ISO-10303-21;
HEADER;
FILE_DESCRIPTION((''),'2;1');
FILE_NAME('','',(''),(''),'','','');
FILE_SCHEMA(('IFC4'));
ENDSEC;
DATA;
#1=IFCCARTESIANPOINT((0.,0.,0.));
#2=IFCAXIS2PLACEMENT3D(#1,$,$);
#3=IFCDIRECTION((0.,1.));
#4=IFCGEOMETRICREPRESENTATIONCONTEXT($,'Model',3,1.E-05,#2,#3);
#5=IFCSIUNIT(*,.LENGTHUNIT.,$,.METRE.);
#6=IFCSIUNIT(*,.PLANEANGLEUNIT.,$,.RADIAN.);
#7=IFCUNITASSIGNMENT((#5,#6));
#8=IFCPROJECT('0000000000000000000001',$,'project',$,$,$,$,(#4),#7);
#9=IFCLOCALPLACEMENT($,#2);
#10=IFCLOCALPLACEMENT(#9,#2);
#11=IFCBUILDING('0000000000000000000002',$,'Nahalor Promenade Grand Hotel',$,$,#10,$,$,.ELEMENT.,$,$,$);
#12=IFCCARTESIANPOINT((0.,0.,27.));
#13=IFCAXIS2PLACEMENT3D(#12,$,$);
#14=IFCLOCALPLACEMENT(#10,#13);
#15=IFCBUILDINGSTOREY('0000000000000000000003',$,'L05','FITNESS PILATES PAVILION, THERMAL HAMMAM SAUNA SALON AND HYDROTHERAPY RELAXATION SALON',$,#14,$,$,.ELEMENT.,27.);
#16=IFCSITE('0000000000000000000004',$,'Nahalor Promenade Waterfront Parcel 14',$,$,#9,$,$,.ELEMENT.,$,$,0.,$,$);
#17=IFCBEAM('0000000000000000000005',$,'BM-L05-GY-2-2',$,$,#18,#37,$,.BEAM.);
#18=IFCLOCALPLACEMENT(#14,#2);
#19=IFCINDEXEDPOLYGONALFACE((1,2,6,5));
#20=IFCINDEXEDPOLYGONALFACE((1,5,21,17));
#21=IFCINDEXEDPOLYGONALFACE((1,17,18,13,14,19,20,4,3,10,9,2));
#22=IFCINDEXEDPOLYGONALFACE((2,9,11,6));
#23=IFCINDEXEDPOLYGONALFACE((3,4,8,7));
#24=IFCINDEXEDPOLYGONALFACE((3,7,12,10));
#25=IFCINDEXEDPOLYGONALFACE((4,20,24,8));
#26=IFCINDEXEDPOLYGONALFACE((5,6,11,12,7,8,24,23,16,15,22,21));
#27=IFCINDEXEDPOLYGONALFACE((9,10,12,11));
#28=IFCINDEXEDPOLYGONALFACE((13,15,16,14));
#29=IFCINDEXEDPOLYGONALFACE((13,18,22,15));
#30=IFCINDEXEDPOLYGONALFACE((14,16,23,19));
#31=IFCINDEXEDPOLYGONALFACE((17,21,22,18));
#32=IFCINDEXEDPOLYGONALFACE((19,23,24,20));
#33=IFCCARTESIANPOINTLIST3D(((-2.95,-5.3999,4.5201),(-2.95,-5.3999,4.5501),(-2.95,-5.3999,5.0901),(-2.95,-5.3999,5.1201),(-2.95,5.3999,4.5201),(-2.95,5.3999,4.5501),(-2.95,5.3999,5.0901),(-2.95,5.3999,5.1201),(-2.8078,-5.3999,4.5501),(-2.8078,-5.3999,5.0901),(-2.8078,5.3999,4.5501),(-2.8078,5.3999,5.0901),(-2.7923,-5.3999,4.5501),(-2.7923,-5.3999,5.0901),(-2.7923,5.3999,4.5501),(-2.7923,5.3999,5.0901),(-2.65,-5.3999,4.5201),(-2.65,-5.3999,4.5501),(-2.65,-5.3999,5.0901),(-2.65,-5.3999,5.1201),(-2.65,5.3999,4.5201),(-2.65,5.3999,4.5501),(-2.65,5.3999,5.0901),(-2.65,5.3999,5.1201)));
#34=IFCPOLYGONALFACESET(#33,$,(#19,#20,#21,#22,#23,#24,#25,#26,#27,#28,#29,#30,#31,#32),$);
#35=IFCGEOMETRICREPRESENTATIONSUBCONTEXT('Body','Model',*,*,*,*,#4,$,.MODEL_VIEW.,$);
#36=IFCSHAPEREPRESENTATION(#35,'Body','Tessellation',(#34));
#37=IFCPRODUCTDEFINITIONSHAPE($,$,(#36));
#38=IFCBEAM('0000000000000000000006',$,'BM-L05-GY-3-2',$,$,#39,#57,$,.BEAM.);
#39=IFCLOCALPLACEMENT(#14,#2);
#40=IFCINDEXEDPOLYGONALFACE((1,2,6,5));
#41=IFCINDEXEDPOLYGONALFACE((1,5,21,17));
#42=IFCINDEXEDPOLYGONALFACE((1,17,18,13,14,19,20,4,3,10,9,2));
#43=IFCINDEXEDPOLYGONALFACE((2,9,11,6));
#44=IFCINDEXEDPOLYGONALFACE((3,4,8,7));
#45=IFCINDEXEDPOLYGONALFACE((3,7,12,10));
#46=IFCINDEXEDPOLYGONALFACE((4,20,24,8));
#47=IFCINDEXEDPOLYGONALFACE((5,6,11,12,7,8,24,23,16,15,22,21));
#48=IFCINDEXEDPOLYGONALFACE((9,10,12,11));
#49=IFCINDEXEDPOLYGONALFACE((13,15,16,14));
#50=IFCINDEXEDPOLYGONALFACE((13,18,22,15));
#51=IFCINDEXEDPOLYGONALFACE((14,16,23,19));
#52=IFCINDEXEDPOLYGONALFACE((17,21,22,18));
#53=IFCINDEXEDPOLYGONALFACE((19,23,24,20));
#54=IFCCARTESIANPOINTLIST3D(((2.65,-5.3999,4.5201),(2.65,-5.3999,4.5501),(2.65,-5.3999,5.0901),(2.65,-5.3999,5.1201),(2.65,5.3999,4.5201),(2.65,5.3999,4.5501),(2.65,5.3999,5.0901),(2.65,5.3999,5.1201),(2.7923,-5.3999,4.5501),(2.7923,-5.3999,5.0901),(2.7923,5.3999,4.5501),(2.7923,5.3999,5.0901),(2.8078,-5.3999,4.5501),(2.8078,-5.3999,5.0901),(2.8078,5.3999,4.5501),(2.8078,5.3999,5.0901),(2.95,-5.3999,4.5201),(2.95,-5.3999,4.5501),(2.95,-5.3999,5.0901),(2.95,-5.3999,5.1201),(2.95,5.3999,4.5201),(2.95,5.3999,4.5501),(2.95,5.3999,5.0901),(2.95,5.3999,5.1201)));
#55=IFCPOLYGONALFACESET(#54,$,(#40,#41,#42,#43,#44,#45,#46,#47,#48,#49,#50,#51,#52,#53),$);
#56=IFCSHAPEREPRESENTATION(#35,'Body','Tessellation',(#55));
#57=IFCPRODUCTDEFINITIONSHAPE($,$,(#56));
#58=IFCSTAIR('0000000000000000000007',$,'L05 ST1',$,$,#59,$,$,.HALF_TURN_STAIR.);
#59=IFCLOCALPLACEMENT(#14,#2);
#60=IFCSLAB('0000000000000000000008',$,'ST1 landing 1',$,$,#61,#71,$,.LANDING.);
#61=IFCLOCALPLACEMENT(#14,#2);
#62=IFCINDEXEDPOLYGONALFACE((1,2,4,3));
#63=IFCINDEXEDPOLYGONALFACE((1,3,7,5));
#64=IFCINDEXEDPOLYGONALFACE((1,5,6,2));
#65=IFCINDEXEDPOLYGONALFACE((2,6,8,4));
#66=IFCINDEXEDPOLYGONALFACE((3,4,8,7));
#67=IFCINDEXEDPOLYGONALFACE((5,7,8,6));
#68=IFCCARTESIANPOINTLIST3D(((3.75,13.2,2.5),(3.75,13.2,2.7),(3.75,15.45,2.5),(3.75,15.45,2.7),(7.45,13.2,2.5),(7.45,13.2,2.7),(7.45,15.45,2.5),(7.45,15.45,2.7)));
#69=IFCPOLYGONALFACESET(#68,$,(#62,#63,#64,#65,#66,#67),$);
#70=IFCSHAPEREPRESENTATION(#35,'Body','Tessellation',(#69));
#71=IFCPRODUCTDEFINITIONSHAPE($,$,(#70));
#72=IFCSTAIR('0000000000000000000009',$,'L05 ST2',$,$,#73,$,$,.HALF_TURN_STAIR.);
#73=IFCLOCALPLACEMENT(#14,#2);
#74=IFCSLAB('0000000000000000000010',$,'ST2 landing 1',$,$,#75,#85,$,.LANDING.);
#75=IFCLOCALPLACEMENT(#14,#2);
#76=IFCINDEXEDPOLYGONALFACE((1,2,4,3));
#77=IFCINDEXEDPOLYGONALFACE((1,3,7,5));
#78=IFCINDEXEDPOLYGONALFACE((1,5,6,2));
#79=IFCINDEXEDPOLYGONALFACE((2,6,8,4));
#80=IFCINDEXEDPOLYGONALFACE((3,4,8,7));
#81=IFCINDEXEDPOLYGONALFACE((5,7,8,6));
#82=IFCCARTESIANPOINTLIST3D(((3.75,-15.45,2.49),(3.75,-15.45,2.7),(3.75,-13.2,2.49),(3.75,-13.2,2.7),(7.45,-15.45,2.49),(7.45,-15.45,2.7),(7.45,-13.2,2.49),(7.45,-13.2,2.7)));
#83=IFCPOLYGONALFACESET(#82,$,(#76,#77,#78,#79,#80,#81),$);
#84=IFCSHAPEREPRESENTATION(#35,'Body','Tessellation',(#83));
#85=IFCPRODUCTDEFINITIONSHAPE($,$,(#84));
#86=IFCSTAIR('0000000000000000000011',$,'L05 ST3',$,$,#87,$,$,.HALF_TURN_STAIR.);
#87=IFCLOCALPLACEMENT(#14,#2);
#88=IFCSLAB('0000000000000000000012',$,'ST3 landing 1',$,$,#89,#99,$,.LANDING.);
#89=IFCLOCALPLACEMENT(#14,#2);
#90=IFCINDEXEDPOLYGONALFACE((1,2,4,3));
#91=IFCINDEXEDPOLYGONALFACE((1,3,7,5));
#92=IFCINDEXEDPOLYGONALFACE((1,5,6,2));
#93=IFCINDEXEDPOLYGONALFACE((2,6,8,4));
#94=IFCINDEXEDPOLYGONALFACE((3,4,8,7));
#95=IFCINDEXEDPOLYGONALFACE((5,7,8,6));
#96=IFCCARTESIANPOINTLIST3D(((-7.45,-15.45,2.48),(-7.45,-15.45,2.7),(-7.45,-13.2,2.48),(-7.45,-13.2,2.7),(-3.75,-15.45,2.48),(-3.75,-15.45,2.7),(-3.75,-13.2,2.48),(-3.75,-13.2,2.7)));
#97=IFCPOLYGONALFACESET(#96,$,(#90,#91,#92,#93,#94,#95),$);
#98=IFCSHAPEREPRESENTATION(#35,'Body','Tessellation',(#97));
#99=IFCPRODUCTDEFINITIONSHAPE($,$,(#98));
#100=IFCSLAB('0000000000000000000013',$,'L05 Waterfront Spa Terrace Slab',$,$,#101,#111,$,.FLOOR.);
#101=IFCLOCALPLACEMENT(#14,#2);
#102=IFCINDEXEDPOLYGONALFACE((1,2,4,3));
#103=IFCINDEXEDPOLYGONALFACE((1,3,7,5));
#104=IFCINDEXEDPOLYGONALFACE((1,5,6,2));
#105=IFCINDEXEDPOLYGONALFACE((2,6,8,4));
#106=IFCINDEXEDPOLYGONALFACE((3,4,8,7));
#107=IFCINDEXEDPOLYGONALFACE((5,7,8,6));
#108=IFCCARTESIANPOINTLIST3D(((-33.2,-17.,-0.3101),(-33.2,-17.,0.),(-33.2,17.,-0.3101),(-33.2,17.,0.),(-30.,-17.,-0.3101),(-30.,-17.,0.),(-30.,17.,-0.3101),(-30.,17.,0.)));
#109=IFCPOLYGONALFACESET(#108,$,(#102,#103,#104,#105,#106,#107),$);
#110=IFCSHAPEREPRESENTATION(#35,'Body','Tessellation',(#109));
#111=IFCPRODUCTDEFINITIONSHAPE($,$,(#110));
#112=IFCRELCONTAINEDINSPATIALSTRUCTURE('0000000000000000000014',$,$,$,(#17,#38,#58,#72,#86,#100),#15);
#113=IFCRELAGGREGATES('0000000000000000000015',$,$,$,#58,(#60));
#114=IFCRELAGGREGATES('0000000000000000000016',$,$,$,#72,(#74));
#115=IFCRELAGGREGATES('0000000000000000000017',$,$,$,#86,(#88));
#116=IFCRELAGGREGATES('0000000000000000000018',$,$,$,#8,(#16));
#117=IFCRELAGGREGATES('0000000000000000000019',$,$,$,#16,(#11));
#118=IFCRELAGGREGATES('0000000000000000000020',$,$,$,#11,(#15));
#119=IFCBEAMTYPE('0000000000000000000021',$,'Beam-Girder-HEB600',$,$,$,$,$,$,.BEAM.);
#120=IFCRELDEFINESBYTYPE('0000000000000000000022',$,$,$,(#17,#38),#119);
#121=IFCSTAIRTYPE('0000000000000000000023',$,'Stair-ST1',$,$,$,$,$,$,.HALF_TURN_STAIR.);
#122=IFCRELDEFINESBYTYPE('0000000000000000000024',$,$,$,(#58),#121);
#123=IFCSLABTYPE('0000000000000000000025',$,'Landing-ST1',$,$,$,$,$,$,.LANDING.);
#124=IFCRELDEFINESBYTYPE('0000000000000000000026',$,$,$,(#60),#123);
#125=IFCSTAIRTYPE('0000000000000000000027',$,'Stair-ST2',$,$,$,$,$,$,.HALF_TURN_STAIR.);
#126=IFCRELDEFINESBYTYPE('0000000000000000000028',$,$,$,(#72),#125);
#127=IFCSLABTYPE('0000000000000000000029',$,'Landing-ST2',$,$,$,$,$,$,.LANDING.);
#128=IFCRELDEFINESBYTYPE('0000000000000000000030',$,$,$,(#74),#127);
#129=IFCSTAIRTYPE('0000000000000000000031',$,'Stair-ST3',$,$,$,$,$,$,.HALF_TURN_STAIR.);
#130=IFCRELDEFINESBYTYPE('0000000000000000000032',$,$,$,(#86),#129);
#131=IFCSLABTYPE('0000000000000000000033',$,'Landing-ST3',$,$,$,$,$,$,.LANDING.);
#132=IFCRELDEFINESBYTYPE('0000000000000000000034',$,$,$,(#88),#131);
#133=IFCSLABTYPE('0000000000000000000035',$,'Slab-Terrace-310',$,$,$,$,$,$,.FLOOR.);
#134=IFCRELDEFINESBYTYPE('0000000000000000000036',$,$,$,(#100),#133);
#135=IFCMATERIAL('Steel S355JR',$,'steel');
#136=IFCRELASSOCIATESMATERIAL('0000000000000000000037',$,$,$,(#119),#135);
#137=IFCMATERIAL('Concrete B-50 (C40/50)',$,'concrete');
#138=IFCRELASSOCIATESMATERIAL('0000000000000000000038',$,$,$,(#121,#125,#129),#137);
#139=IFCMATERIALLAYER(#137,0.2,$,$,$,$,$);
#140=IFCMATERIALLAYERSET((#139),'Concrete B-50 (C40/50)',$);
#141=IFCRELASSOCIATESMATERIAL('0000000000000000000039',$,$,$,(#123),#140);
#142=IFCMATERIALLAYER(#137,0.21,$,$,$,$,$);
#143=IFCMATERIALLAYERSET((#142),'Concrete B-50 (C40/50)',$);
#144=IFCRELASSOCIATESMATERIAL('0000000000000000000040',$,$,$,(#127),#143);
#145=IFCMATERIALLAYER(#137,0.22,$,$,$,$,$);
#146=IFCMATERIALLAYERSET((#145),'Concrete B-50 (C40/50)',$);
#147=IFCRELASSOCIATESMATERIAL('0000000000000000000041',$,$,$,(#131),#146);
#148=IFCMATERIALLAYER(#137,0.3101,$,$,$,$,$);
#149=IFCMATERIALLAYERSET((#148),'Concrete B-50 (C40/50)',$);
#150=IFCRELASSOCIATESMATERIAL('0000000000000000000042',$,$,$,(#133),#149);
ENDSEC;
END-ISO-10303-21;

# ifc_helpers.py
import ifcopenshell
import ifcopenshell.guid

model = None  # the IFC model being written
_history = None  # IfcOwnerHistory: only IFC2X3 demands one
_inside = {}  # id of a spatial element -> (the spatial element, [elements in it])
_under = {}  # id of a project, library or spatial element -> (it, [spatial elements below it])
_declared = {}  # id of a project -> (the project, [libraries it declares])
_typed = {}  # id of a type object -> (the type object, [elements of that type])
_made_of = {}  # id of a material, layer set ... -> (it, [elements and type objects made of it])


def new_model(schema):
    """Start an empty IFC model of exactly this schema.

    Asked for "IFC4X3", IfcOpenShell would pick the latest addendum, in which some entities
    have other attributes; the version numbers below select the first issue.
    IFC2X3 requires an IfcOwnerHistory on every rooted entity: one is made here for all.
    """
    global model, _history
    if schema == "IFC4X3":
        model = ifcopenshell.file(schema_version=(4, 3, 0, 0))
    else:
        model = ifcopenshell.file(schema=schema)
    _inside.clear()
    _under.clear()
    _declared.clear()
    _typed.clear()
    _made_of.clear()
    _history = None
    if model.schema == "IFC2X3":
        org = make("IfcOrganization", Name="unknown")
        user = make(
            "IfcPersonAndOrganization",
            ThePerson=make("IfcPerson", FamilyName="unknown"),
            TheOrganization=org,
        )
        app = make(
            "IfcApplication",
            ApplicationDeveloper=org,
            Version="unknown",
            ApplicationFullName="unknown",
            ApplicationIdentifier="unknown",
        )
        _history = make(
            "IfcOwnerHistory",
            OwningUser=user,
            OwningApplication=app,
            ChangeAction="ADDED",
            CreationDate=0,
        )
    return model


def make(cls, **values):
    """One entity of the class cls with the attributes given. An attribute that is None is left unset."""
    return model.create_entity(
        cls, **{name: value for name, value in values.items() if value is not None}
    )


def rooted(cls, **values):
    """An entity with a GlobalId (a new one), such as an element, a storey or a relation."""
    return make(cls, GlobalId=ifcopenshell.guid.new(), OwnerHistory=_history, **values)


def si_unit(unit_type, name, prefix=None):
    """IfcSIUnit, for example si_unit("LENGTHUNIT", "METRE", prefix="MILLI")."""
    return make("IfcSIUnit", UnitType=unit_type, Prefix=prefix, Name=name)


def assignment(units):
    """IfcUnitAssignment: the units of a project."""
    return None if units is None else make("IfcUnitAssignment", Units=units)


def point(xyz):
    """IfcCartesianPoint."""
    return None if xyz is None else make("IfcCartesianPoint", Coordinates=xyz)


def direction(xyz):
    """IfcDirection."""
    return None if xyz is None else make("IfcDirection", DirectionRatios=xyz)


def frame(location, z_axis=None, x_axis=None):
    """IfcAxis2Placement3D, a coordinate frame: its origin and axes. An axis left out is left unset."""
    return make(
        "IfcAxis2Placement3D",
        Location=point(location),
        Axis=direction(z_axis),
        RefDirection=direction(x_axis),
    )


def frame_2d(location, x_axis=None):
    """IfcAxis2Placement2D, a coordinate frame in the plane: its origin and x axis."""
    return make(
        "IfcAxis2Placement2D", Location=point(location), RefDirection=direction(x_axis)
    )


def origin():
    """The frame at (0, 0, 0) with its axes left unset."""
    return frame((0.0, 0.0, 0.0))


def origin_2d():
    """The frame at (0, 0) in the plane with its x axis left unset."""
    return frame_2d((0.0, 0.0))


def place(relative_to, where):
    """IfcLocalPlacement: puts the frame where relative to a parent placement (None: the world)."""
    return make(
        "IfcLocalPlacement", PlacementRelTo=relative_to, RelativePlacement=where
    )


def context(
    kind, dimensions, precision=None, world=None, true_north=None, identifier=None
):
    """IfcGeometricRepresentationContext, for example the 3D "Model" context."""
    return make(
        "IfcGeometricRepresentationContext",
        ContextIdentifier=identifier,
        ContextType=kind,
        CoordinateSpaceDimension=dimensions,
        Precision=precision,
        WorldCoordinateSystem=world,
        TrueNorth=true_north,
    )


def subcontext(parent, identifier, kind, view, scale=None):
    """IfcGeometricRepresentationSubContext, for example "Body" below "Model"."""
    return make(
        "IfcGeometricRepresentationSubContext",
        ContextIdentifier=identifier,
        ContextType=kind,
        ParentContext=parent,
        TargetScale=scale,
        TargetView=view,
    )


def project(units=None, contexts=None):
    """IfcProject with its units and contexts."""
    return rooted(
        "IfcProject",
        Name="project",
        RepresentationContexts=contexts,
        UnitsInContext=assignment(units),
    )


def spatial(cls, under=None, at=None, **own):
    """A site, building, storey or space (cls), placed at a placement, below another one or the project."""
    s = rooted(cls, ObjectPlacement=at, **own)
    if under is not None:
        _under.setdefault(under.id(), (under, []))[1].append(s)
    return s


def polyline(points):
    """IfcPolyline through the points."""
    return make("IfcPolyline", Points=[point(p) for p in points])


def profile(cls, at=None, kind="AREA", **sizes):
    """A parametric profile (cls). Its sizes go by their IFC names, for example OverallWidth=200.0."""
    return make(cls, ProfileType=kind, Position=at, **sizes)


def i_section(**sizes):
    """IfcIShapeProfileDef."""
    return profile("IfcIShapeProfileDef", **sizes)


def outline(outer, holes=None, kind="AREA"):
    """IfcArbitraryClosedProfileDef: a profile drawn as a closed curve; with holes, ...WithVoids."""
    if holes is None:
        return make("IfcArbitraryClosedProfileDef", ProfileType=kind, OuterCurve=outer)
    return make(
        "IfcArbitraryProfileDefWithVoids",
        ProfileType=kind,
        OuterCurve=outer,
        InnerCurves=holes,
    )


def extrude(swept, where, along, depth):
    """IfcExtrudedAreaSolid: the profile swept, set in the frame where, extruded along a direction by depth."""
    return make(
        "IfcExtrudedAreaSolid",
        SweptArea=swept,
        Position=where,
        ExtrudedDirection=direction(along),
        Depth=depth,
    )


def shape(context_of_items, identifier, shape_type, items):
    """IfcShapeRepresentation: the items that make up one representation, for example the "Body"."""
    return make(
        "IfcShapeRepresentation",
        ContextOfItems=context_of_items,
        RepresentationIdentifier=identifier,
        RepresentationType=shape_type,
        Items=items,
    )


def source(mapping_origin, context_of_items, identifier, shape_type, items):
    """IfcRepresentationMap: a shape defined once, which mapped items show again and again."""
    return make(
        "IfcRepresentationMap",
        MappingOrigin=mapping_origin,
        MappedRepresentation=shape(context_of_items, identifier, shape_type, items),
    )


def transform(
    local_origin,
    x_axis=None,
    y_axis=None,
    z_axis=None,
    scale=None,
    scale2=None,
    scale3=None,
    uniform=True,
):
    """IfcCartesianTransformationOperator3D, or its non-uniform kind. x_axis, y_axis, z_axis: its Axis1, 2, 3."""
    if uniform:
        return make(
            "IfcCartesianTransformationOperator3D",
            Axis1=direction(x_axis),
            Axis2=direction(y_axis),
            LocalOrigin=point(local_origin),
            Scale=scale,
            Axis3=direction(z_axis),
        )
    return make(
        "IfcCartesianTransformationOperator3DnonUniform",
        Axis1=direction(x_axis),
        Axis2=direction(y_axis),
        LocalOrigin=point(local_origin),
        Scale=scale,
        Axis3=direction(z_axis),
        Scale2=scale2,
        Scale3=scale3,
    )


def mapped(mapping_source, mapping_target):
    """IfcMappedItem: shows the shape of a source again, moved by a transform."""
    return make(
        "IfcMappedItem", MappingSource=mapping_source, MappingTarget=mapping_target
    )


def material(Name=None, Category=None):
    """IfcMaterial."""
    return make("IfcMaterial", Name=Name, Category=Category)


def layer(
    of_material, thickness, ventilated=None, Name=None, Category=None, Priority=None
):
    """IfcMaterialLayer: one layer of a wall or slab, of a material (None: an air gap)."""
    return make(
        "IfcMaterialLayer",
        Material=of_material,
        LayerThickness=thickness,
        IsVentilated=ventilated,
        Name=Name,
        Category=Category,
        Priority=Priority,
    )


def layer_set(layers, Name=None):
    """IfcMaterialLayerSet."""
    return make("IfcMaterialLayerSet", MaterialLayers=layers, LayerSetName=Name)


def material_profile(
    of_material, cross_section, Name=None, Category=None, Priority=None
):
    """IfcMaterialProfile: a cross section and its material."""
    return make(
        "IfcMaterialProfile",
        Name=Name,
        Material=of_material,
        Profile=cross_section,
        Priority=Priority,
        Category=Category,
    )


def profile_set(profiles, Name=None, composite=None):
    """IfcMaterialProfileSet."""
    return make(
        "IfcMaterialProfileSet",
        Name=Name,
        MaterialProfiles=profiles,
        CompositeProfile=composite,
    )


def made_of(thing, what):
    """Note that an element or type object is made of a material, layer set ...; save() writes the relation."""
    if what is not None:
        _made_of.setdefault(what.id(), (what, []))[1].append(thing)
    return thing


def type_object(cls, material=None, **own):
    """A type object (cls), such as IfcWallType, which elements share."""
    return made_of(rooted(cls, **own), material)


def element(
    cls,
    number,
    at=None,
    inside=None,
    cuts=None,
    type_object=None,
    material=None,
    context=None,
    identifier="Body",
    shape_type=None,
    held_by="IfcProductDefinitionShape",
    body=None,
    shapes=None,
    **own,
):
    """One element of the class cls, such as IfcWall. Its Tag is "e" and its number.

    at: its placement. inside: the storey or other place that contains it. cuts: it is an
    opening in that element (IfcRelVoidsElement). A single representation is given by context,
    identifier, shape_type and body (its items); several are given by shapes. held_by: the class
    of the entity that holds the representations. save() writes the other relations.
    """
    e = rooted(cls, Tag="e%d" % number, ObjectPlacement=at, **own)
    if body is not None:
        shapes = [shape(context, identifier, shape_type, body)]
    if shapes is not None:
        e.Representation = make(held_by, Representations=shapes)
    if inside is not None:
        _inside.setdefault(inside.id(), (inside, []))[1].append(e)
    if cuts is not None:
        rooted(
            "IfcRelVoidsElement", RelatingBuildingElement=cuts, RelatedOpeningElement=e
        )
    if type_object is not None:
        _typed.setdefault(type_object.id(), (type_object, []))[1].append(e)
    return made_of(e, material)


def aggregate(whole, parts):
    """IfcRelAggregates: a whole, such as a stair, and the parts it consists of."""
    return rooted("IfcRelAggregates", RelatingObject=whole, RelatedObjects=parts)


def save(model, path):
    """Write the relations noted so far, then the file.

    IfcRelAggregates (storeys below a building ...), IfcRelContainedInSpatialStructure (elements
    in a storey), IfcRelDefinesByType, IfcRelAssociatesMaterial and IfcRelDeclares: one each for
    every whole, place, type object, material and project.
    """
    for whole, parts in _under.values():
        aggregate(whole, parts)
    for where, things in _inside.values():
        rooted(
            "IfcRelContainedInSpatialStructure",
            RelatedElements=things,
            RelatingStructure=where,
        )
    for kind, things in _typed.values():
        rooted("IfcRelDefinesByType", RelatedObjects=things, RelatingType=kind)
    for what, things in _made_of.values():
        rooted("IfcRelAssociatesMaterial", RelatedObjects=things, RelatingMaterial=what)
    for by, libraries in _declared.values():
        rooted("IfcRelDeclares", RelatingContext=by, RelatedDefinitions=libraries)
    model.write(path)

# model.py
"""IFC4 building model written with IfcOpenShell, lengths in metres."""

from ifc_helpers import new_model, si_unit, direction, frame, origin, origin_2d, place, context, subcontext, project, spatial, polyline, i_section, outline, extrude, source, transform, mapped, material, layer, layer_set, material_profile, profile_set, type_object, element, aggregate, save


model = new_model("IFC4")

# Units and contexts
model_context = context("Model", 3, precision=1e-05, world=origin(), true_north=direction((0.0, 1.0)))
body_context = subcontext(model_context, "Body", "Model", "MODEL_VIEW")
ifc_project = project(units=[si_unit("LENGTHUNIT", "METRE"), si_unit("PLANEANGLEUNIT", "RADIAN")], contexts=[model_context])

# Site, building, storey
site_placement = place(None, origin())
site = spatial("IfcSite", under=ifc_project, at=site_placement, Name="Nahalor Promenade Waterfront Parcel 14", CompositionType="ELEMENT", RefElevation=0.0)
building_placement = place(site_placement, origin())
building = spatial("IfcBuilding", under=site, at=building_placement, Name="Nahalor Promenade Grand Hotel", CompositionType="ELEMENT")
storey_placement = place(building_placement, frame((0.0, 0.0, 27.0)))
storey = spatial("IfcBuildingStorey", under=building, at=storey_placement, Name="L05", Description="FITNESS PILATES PAVILION, THERMAL HAMMAM SAUNA SALON AND HYDROTHERAPY RELAXATION SALON", CompositionType="ELEMENT", Elevation=27.0)

# Beams
ifc_material_1 = material(Name="Steel S355JR", Category="steel")
ifc_material_profile_1 = material_profile(ifc_material_1, i_section(OverallWidth=0.3, OverallDepth=0.6, WebThickness=0.0155, FlangeThickness=0.03, at=origin_2d()), Name="HEB 600")
ifc_profile_set_1 = profile_set([ifc_material_profile_1], Name="Steel S355JR")
beam_type = type_object("IfcBeamType", Name="Beam-Girder-HEB600", PredefinedType="BEAM", material=ifc_profile_set_1)
shared_shape_1 = source(origin(), body_context, "Body", "SweptSolid", [
    extrude(i_section(OverallWidth=0.3, OverallDepth=0.6, WebThickness=0.0155, FlangeThickness=0.03, at=origin_2d()), origin(), (0.0, 0.0, 1.0), 10.7998),
])
for number, where, z_axis, x_axis, name in (
    (1, (-2.8, -5.3999, 4.8201), (0.0, 1.0, 0.0), (-1.0, 0.0, 0.0), "BM-L05-GY-2-2"),
    (2, (2.8, -5.3999, 4.8201), (0.0, 1.0, 0.0), (-1.0, 0.0, 0.0), "BM-L05-GY-3-2"),
):
    element("IfcBeam", number, at=place(storey_placement, frame(where, z_axis=z_axis, x_axis=x_axis)), inside=storey, type_object=beam_type, Name=name, PredefinedType="BEAM", context=body_context, shape_type="MappedRepresentation", body=[
        mapped(shared_shape_1, transform((0.0, 0.0, 0.0), scale=1.0)),
    ])

# Stairs, slabs
ifc_material_2 = material(Name="Concrete B-50 (C40/50)", Category="concrete")
stair_type_1 = type_object("IfcStairType", Name="Stair-ST1", PredefinedType="HALF_TURN_STAIR", material=ifc_material_2)
stair_1_placement = place(storey_placement, origin())
stair_1 = element("IfcStair", 3, at=stair_1_placement, inside=storey, type_object=stair_type_1, Name="L05 ST1", PredefinedType="HALF_TURN_STAIR")
ifc_layer_1 = layer(ifc_material_2, 0.2)
ifc_layer_set_1 = layer_set([ifc_layer_1], Name="Concrete B-50 (C40/50)")
slab_type_1 = type_object("IfcSlabType", Name="Landing-ST1", PredefinedType="LANDING", material=ifc_layer_set_1)
slab_1_placement = place(storey_placement, frame((0.0, 0.0, 2.5)))
slab_1 = element("IfcSlab", 4, at=slab_1_placement, type_object=slab_type_1, Name="ST1 landing 1", PredefinedType="LANDING", context=body_context, shape_type="SweptSolid", body=[
    extrude(outline(polyline([(7.45, 13.2), (7.45, 15.45), (3.75, 15.45), (3.75, 13.2), (7.45, 13.2)])), origin(), (0.0, 0.0, 1.0), 0.2),
])
aggregate(stair_1, [slab_1])
stair_type_2 = type_object("IfcStairType", Name="Stair-ST2", PredefinedType="HALF_TURN_STAIR", material=ifc_material_2)
stair_2_placement = place(storey_placement, origin())
stair_2 = element("IfcStair", 5, at=stair_2_placement, inside=storey, type_object=stair_type_2, Name="L05 ST2", PredefinedType="HALF_TURN_STAIR")
ifc_layer_2 = layer(ifc_material_2, 0.21)
ifc_layer_set_2 = layer_set([ifc_layer_2], Name="Concrete B-50 (C40/50)")
slab_type_2 = type_object("IfcSlabType", Name="Landing-ST2", PredefinedType="LANDING", material=ifc_layer_set_2)
slab_2_placement = place(storey_placement, frame((0.0, 0.0, 2.49)))
slab_2 = element("IfcSlab", 6, at=slab_2_placement, type_object=slab_type_2, Name="ST2 landing 1", PredefinedType="LANDING", context=body_context, shape_type="SweptSolid", body=[
    extrude(outline(polyline([(3.75, -13.2), (3.75, -15.45), (7.45, -15.45), (7.45, -13.2), (3.75, -13.2)])), origin(), (0.0, 0.0, 1.0), 0.21),
])
aggregate(stair_2, [slab_2])
stair_type_3 = type_object("IfcStairType", Name="Stair-ST3", PredefinedType="HALF_TURN_STAIR", material=ifc_material_2)
stair_3_placement = place(storey_placement, origin())
stair_3 = element("IfcStair", 7, at=stair_3_placement, inside=storey, type_object=stair_type_3, Name="L05 ST3", PredefinedType="HALF_TURN_STAIR")
ifc_layer_3 = layer(ifc_material_2, 0.22)
ifc_layer_set_3 = layer_set([ifc_layer_3], Name="Concrete B-50 (C40/50)")
slab_type_3 = type_object("IfcSlabType", Name="Landing-ST3", PredefinedType="LANDING", material=ifc_layer_set_3)
slab_3_placement = place(storey_placement, frame((0.0, 0.0, 2.48)))
slab_3 = element("IfcSlab", 8, at=slab_3_placement, type_object=slab_type_3, Name="ST3 landing 1", PredefinedType="LANDING", context=body_context, shape_type="SweptSolid", body=[
    extrude(outline(polyline([(-7.45, -13.2), (-7.45, -15.45), (-3.75, -15.45), (-3.75, -13.2), (-7.45, -13.2)])), origin(), (0.0, 0.0, 1.0), 0.22),
])
aggregate(stair_3, [slab_3])

# Slab
ifc_layer_4 = layer(ifc_material_2, 0.3101)
ifc_layer_set_4 = layer_set([ifc_layer_4], Name="Concrete B-50 (C40/50)")
slab_type_4 = type_object("IfcSlabType", Name="Slab-Terrace-310", PredefinedType="FLOOR", material=ifc_layer_set_4)
slab_4_placement = place(storey_placement, frame((0.0, 0.0, -0.3101)))
element("IfcSlab", 9, at=slab_4_placement, inside=storey, type_object=slab_type_4, Name="L05 Waterfront Spa Terrace Slab", PredefinedType="FLOOR", context=body_context, shape_type="SweptSolid", body=[
    extrude(outline(polyline([(-33.2, -17.0), (-30.0, -17.0), (-30.0, 17.0), (-33.2, 17.0), (-33.2, -17.0)])), origin(), (0.0, 0.0, 1.0), 0.3101),
])

save(model, "model.ifc")
